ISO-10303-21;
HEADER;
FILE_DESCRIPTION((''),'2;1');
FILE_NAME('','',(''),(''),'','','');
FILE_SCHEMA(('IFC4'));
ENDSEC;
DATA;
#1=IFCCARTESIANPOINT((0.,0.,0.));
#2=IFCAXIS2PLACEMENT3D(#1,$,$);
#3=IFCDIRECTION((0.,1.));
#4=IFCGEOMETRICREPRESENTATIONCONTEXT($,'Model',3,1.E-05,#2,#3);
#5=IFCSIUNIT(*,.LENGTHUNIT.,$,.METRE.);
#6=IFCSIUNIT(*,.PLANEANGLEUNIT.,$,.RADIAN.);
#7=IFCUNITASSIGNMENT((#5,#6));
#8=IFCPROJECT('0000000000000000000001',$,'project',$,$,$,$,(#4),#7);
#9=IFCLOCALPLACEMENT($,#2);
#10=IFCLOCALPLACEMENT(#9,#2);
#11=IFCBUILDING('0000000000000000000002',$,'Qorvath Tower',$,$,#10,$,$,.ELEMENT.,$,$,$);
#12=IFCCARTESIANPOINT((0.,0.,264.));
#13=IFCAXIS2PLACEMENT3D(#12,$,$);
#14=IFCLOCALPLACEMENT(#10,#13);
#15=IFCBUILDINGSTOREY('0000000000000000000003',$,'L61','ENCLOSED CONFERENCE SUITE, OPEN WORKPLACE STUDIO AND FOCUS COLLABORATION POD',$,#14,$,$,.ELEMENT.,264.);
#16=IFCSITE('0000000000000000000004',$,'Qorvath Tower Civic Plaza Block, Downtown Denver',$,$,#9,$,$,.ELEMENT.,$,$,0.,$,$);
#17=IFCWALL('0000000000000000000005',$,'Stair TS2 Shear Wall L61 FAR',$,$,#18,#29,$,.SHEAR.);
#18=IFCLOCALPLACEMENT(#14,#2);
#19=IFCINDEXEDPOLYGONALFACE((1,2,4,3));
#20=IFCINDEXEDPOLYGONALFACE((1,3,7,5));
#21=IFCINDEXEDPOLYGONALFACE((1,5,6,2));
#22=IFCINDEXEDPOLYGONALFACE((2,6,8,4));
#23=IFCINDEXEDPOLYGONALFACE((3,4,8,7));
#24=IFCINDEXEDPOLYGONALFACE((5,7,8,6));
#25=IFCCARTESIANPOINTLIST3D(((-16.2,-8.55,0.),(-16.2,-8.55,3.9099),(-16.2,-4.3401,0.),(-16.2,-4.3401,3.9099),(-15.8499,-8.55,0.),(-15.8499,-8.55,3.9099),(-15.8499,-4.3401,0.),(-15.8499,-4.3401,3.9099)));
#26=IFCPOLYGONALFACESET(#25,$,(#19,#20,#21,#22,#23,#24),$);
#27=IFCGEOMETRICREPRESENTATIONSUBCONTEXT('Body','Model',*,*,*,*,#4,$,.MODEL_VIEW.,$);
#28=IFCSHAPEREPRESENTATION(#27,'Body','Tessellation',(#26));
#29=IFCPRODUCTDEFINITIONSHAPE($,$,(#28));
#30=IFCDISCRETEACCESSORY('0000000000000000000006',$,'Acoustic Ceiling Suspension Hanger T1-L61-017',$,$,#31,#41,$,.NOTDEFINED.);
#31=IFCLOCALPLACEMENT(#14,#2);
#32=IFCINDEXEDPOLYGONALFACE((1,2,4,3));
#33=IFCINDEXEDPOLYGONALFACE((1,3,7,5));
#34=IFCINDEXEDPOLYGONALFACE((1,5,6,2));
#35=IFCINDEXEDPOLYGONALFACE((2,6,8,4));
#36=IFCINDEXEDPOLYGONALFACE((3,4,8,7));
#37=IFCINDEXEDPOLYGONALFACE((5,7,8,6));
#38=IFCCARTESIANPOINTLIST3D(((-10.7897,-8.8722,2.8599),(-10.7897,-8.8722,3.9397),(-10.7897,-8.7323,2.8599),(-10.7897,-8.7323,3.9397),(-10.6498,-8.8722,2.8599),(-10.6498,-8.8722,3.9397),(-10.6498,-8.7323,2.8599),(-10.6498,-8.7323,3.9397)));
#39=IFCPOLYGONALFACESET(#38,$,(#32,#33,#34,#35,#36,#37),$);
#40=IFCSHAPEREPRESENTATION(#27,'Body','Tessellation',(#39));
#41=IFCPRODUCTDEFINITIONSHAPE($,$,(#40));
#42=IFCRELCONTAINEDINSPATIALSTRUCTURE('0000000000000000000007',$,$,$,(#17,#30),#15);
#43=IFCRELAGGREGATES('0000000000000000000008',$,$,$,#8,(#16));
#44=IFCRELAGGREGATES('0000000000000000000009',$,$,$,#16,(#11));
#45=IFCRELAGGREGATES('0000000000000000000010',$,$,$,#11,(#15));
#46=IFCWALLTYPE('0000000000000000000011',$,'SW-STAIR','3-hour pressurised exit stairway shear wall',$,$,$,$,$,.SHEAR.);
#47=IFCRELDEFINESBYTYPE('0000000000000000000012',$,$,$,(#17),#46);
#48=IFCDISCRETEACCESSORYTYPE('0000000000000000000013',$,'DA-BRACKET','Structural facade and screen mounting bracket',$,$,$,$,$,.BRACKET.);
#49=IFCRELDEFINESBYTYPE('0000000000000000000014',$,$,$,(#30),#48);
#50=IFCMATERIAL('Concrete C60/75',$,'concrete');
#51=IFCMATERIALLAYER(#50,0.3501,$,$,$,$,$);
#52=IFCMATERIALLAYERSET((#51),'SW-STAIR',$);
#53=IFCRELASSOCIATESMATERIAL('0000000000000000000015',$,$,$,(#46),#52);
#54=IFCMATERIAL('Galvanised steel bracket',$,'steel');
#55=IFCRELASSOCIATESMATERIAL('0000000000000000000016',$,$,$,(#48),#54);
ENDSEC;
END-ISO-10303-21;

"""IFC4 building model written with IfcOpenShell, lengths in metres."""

from ifc_helpers import new_model, si_unit, direction, frame, frame_2d, origin, origin_2d, place, context, subcontext, project, spatial, rectangle, extrude, material, layer, layer_set, type_object, element, save


model = new_model("IFC4")

# Units and contexts
model_context = context("Model", 3, precision=1e-05, world=origin(), true_north=direction((0.0, 1.0)))
body_context = subcontext(model_context, "Body", "Model", "MODEL_VIEW")
ifc_project = project(units=[si_unit("LENGTHUNIT", "METRE"), si_unit("PLANEANGLEUNIT", "RADIAN")], contexts=[model_context])

# Site, building, storey
site_placement = place(None, origin())
site = spatial("IfcSite", under=ifc_project, at=site_placement, Name="Qorvath Tower Civic Plaza Block, Downtown Denver", CompositionType="ELEMENT", RefElevation=0.0)
building_placement = place(site_placement, origin())
building = spatial("IfcBuilding", under=site, at=building_placement, Name="Qorvath Tower", CompositionType="ELEMENT")
storey_placement = place(building_placement, frame((0.0, 0.0, 264.0)))
storey = spatial("IfcBuildingStorey", under=building, at=storey_placement, Name="L61", Description="ENCLOSED CONFERENCE SUITE, OPEN WORKPLACE STUDIO AND FOCUS COLLABORATION POD", CompositionType="ELEMENT", Elevation=264.0)

# Wall
ifc_material_1 = material(Name="Concrete C60/75", Category="concrete")
ifc_layer_1 = layer(ifc_material_1, 0.3501)
ifc_layer_set_1 = layer_set([ifc_layer_1], Name="SW-STAIR")
wall_type = type_object("IfcWallType", Name="SW-STAIR", Description="3-hour pressurised exit stairway shear wall", PredefinedType="SHEAR", material=ifc_layer_set_1)
wall_placement = place(storey_placement, frame((-16.0249, -8.55, 0.0), z_axis=(0.0, 0.0, 1.0), x_axis=(0.0, 1.0, 0.0)))
element("IfcWall", 1, at=wall_placement, inside=storey, type_object=wall_type, Name="Stair TS2 Shear Wall L61 FAR", PredefinedType="SHEAR", context=body_context, shape_type="SweptSolid", body=[
    extrude(rectangle(XDim=4.21, YDim=0.3501, at=frame_2d((2.105, 0.0))), origin(), (0.0, 0.0, 1.0), 3.9099),
])

# Discrete accessory
ifc_material_2 = material(Name="Galvanised steel bracket", Category="steel")
discrete_accessory_type = type_object("IfcDiscreteAccessoryType", Name="DA-BRACKET", Description="Structural facade and screen mounting bracket", PredefinedType="BRACKET", material=ifc_material_2)
discrete_accessory_placement = place(storey_placement, frame((-10.7197, -8.8022, 2.8599), z_axis=(0.0, 0.0, 1.0), x_axis=(1.0, 0.0, 0.0)))
element("IfcDiscreteAccessory", 2, at=discrete_accessory_placement, inside=storey, type_object=discrete_accessory_type, Name="Acoustic Ceiling Suspension Hanger T1-L61-017", PredefinedType="NOTDEFINED", context=body_context, shape_type="SweptSolid", body=[
    extrude(rectangle(XDim=0.1399, YDim=0.1399, at=origin_2d()), origin(), (0.0, 0.0, 1.0), 1.0798),
])

save(model, "model.ifc")
